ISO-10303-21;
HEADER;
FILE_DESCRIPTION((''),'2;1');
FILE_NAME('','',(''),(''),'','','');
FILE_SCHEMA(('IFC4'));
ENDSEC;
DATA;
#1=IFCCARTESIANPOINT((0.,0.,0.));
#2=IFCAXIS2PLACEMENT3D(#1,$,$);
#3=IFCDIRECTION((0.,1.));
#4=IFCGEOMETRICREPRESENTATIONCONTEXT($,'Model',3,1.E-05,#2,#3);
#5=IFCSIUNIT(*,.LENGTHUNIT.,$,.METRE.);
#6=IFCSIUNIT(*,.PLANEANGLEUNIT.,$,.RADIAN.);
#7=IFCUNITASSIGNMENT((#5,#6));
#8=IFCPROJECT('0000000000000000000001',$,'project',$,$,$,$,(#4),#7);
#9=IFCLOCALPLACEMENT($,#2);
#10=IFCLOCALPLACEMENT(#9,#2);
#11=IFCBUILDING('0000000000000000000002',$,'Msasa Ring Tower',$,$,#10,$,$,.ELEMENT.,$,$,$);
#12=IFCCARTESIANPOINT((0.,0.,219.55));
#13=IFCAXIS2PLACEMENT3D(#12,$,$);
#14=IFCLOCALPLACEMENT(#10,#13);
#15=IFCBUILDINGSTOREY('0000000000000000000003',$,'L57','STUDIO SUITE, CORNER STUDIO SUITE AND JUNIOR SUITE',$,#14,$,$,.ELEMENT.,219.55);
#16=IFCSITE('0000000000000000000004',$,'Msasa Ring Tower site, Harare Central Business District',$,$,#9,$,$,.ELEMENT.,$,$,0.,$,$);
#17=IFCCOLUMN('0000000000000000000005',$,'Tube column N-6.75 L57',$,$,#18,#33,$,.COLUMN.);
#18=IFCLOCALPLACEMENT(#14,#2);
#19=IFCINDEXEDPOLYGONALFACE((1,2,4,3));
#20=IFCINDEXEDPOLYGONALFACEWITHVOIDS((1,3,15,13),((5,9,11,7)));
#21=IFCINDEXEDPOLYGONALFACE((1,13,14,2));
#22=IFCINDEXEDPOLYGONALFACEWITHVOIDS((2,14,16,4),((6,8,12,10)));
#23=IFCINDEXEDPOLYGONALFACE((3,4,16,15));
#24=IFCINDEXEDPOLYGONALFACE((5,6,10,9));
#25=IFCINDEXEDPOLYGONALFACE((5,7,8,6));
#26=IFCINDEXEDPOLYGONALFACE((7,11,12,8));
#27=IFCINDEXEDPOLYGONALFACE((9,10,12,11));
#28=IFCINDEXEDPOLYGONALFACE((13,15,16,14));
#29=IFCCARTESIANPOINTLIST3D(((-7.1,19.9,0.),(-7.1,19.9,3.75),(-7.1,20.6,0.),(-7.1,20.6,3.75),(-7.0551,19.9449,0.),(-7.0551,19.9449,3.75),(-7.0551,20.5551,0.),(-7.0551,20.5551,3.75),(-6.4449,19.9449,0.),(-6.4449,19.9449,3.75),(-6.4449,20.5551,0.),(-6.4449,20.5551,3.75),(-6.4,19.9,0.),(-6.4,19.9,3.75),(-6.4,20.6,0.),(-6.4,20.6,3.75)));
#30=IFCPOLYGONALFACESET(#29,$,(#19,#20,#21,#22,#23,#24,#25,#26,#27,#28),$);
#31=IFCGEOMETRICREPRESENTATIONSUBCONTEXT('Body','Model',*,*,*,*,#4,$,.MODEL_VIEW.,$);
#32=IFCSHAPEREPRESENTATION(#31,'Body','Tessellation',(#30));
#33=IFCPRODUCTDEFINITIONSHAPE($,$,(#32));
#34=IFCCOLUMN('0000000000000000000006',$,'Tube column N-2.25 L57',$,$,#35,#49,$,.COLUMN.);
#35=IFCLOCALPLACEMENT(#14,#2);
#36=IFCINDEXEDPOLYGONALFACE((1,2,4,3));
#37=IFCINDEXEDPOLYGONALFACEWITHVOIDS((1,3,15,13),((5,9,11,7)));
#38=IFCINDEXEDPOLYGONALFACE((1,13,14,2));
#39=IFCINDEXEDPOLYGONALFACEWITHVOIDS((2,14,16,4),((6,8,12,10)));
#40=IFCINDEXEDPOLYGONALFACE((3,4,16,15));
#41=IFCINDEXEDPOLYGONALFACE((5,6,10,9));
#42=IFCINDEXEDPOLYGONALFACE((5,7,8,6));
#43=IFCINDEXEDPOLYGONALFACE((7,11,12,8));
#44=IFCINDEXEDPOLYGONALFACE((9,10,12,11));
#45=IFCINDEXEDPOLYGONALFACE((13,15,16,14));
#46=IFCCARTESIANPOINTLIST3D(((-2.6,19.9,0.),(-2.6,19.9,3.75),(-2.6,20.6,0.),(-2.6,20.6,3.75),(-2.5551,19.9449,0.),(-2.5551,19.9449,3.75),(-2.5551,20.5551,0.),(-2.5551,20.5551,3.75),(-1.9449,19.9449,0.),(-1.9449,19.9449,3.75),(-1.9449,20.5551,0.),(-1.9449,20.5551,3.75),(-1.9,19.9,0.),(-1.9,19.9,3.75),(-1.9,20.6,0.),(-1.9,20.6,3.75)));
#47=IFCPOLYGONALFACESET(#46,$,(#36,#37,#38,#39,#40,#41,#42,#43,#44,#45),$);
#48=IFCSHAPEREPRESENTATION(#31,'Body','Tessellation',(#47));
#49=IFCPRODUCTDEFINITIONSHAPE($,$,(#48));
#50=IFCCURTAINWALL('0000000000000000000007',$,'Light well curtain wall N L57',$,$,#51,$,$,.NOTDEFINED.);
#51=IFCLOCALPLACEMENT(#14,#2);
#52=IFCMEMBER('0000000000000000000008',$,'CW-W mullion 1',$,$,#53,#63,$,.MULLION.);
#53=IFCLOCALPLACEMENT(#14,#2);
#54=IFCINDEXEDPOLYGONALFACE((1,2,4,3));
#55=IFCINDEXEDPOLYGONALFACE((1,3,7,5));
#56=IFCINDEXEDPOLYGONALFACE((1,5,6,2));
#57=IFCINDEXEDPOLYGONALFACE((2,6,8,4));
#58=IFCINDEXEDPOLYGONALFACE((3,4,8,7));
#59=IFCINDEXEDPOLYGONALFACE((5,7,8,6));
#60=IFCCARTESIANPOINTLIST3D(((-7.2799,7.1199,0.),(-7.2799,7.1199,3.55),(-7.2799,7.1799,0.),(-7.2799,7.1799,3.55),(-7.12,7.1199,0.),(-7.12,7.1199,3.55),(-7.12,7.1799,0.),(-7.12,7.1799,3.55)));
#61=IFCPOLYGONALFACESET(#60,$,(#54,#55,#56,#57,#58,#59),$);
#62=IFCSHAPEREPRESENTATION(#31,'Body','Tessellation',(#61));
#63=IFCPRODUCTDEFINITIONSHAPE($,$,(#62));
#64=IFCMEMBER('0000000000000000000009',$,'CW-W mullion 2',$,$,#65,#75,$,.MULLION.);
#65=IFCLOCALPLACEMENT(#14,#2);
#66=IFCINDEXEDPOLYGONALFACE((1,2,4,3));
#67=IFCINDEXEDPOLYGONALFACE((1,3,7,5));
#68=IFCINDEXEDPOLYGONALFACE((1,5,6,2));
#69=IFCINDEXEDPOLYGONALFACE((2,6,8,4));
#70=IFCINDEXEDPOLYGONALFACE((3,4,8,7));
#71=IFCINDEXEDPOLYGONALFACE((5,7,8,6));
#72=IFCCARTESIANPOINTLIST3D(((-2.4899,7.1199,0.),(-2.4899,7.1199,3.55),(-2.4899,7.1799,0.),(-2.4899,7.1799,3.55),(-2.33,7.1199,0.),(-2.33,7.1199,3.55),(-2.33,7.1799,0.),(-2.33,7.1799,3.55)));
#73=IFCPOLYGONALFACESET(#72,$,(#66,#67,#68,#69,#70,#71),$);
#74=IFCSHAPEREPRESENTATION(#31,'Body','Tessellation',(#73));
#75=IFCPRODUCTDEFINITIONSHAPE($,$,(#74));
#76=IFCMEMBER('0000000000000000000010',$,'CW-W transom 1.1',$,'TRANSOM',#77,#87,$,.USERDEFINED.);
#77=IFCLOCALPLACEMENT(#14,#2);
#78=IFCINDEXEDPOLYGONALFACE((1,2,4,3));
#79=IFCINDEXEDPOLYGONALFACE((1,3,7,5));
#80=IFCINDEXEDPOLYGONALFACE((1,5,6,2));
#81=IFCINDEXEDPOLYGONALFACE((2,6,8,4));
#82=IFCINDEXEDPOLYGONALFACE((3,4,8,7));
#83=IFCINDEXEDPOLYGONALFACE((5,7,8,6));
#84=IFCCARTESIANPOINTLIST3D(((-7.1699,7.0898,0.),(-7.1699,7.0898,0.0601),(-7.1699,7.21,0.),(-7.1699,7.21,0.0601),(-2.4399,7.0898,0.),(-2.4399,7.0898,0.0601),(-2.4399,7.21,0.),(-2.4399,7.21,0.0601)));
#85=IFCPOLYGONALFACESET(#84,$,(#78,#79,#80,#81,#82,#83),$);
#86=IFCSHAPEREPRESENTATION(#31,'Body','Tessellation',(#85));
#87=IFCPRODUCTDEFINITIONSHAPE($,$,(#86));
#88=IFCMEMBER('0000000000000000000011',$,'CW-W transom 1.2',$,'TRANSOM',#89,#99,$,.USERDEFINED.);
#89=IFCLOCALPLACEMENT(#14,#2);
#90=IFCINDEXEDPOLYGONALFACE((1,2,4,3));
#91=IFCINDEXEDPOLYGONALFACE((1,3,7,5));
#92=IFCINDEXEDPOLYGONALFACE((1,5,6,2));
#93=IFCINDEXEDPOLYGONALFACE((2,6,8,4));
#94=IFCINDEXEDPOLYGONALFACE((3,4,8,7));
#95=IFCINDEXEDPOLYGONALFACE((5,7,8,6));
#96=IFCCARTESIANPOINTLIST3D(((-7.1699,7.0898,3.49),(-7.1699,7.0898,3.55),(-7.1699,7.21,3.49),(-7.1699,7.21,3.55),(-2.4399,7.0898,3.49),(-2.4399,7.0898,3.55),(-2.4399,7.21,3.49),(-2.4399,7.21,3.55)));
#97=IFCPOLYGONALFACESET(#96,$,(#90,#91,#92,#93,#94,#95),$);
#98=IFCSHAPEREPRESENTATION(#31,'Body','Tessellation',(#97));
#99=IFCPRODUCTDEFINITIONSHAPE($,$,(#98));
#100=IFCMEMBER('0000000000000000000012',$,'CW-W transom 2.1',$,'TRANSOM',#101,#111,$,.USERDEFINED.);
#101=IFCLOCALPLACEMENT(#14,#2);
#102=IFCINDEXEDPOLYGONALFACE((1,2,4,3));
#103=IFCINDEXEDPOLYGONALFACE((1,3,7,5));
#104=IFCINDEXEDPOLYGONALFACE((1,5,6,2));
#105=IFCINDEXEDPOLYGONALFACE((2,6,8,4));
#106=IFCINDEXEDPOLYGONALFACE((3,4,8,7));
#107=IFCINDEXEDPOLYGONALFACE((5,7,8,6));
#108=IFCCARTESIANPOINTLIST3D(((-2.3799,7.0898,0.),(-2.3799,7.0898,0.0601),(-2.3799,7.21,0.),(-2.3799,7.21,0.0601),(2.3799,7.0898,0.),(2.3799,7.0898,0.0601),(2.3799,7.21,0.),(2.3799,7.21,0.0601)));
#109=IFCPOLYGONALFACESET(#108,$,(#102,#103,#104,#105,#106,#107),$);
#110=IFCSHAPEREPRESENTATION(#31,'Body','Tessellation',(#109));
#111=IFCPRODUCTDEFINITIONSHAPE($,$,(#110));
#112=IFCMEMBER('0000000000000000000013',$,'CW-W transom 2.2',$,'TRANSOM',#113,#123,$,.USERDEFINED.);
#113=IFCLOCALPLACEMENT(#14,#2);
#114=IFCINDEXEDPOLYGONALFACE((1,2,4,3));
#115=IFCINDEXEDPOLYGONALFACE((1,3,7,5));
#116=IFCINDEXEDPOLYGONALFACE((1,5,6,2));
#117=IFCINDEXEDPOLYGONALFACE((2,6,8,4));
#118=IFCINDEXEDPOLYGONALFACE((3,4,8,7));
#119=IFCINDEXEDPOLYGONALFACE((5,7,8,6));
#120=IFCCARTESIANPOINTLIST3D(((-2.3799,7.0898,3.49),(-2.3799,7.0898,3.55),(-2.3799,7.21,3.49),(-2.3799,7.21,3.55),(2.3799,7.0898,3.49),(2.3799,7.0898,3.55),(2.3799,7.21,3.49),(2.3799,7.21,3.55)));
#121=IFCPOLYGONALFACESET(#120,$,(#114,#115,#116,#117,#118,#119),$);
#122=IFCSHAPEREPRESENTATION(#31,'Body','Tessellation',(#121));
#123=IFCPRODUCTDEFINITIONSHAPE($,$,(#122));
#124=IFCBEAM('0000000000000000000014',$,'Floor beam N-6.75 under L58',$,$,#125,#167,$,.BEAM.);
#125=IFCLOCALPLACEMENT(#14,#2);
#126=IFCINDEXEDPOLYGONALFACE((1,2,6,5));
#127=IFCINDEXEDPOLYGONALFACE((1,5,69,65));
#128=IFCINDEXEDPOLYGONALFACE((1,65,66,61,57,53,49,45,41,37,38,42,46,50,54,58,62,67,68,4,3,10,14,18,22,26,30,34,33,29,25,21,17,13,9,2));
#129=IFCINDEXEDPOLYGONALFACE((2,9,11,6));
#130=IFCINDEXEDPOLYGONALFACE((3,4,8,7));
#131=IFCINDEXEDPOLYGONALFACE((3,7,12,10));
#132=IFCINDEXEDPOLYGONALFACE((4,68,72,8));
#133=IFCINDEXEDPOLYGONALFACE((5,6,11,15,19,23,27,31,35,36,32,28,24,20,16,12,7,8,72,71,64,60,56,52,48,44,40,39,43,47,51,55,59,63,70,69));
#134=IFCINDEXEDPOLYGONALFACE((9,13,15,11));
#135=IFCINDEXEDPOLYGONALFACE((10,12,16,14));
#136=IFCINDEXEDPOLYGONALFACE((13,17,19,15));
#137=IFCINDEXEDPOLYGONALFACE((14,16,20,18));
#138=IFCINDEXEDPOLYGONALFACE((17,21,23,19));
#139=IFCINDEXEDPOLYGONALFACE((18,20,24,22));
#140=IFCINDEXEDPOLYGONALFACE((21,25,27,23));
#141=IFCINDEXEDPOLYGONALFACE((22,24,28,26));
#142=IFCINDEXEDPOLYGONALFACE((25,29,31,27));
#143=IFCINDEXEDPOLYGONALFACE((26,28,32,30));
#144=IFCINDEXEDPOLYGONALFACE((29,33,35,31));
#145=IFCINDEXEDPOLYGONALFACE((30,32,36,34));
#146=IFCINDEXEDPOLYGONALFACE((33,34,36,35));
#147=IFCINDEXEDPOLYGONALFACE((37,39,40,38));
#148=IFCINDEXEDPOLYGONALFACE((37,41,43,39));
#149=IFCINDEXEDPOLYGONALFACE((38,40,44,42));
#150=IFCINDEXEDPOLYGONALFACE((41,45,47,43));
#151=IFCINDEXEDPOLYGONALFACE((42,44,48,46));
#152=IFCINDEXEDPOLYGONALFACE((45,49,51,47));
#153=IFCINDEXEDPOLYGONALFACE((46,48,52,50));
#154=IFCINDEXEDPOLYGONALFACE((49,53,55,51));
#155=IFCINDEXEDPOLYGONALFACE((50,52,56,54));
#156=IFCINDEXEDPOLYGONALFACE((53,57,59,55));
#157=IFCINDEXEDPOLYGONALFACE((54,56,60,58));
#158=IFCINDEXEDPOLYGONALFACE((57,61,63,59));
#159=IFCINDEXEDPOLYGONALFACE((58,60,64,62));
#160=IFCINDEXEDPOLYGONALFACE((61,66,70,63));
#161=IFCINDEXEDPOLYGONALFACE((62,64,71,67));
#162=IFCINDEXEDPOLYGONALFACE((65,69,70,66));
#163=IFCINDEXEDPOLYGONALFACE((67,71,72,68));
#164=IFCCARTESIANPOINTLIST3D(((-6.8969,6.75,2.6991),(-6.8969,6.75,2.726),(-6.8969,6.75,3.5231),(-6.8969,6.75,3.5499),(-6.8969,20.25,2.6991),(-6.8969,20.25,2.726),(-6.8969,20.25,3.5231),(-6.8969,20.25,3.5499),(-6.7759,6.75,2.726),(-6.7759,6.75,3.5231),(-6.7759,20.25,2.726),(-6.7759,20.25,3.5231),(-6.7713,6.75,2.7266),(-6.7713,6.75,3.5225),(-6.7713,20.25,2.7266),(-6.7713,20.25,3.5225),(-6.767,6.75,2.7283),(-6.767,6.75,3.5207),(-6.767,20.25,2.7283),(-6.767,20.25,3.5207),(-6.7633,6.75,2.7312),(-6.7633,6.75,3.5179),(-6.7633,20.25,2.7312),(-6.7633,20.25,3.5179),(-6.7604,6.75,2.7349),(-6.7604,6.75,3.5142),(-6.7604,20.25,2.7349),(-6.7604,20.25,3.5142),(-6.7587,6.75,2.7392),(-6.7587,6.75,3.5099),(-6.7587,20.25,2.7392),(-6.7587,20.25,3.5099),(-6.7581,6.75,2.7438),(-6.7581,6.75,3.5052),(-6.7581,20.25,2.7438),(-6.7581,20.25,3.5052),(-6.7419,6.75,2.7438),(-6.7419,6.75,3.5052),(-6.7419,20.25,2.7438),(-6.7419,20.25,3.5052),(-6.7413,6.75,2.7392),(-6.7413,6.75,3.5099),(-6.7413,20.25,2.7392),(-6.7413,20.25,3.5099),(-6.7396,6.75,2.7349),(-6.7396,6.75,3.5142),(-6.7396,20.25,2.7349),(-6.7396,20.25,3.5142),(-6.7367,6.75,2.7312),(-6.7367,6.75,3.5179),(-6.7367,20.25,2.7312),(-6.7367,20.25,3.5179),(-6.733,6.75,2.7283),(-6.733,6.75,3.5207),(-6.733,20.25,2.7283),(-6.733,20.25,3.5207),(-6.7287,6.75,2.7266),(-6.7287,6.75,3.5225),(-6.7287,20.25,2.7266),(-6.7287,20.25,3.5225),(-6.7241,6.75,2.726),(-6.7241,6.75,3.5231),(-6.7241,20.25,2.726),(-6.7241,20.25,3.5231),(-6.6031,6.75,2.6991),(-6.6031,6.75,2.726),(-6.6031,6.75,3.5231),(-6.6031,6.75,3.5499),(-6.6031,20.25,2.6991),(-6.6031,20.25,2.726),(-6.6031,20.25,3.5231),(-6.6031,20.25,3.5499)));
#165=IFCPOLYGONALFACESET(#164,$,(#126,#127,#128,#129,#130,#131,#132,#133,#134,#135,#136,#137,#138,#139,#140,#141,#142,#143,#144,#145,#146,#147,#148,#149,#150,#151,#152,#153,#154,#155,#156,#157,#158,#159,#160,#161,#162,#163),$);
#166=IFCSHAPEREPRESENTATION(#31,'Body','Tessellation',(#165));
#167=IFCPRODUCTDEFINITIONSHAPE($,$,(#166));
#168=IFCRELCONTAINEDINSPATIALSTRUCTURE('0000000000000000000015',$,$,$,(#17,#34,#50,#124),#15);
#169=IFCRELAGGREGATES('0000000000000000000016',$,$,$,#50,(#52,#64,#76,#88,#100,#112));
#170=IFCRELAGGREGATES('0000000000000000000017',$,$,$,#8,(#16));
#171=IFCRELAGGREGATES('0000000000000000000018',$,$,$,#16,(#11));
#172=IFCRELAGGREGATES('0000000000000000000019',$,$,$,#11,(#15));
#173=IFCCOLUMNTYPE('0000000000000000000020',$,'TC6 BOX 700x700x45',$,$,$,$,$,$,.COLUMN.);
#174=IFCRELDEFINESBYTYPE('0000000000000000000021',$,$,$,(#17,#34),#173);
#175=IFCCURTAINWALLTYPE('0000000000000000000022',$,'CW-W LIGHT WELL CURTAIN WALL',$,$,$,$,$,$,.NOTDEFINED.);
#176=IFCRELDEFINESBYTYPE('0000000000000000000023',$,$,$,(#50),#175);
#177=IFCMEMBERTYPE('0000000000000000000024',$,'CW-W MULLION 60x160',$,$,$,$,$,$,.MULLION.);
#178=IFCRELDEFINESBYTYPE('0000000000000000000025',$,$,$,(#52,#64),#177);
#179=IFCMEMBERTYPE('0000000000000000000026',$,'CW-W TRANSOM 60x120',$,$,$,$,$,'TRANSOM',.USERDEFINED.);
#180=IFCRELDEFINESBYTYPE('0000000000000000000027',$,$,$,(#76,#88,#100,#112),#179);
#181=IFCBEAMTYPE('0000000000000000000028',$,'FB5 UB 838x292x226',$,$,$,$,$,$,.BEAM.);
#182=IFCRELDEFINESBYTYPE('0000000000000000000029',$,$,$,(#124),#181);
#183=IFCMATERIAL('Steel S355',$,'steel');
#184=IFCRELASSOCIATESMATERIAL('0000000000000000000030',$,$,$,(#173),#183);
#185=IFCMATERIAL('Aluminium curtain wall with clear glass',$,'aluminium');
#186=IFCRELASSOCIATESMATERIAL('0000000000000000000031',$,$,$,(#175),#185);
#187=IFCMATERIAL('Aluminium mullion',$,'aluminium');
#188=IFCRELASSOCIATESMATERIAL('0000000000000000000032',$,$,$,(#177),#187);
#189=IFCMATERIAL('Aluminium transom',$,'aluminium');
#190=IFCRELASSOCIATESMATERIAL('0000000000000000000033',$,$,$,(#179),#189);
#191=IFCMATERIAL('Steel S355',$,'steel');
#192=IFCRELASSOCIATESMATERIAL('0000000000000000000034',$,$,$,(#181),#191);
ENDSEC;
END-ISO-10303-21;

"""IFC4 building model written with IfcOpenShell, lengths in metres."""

from ifc_helpers import new_model, si_unit, direction, frame, origin, origin_2d, place, context, subcontext, project, spatial, rectangle, hollow_rectangle, i_section, extrude, material, material_profile, profile_set, type_object, element, aggregate, save


model = new_model("IFC4")

# Units and contexts
model_context = context("Model", 3, precision=1e-05, world=origin(), true_north=direction((0.0, 1.0)))
body_context = subcontext(model_context, "Body", "Model", "MODEL_VIEW")
ifc_project = project(units=[si_unit("LENGTHUNIT", "METRE"), si_unit("PLANEANGLEUNIT", "RADIAN")], contexts=[model_context])

# Site, building, storey
site_placement = place(None, origin())
site = spatial("IfcSite", under=ifc_project, at=site_placement, Name="Msasa Ring Tower site, Harare Central Business District", CompositionType="ELEMENT", RefElevation=0.0)
building_placement = place(site_placement, origin())
building = spatial("IfcBuilding", under=site, at=building_placement, Name="Msasa Ring Tower", CompositionType="ELEMENT")
storey_placement = place(building_placement, frame((0.0, 0.0, 219.55)))
storey = spatial("IfcBuildingStorey", under=building, at=storey_placement, Name="L57", Description="STUDIO SUITE, CORNER STUDIO SUITE AND JUNIOR SUITE", CompositionType="ELEMENT", Elevation=219.55)

# Columns
ifc_material_1 = material(Name="Steel S355", Category="steel")
ifc_material_profile_1 = material_profile(ifc_material_1, hollow_rectangle(XDim=0.7, YDim=0.7, WallThickness=0.0449, at=origin_2d()), Name="BOX 700x700x45")
ifc_profile_set_1 = profile_set([ifc_material_profile_1], Name="Steel S355")
column_type = type_object("IfcColumnType", Name="TC6 BOX 700x700x45", PredefinedType="COLUMN", material=ifc_profile_set_1)
for number, where, z_axis, x_axis, name in (
    (1, (-6.75, 20.25, 0.0), (0.0, 0.0, 1.0), (0.0, 1.0, 0.0), "Tube column N-6.75 L57"),
    (2, (-2.25, 20.25, 0.0), (0.0, 0.0, 1.0), (0.0, 1.0, 0.0), "Tube column N-2.25 L57"),
):
    element("IfcColumn", number, at=place(storey_placement, frame(where, z_axis=z_axis, x_axis=x_axis)), inside=storey, type_object=column_type, Name=name, PredefinedType="COLUMN", context=body_context, shape_type="SweptSolid", body=[
        extrude(hollow_rectangle(XDim=0.7, YDim=0.7, WallThickness=0.0449, at=origin_2d()), origin(), (0.0, 0.0, 1.0), 3.75),
    ])

# Curtain wall, members
ifc_material_2 = material(Name="Aluminium curtain wall with clear glass", Category="aluminium")
curtain_wall_type = type_object("IfcCurtainWallType", Name="CW-W LIGHT WELL CURTAIN WALL", PredefinedType="NOTDEFINED", material=ifc_material_2)
curtain_wall_placement = place(storey_placement, origin())
curtain_wall = element("IfcCurtainWall", 3, at=curtain_wall_placement, inside=storey, type_object=curtain_wall_type, Name="Light well curtain wall N L57", PredefinedType="NOTDEFINED")
ifc_material_3 = material(Name="Aluminium mullion", Category="aluminium")
ifc_material_profile_2 = material_profile(ifc_material_3, rectangle(XDim=0.0601, YDim=0.1599, at=origin_2d()), Name="AL 60x160")
ifc_profile_set_2 = profile_set([ifc_material_profile_2], Name="Aluminium mullion")
member_type_1 = type_object("IfcMemberType", Name="CW-W MULLION 60x160", PredefinedType="MULLION", material=ifc_profile_set_2)
member_1_placement = place(storey_placement, frame((-7.2, 7.1499, 0.0), z_axis=(0.0, 0.0, 1.0), x_axis=(0.0, 1.0, 0.0)))
member_1 = element("IfcMember", 4, at=member_1_placement, type_object=member_type_1, Name="CW-W mullion 1", PredefinedType="MULLION", context=body_context, shape_type="SweptSolid", body=[
    extrude(rectangle(XDim=0.0601, YDim=0.1599, at=origin_2d()), origin(), (0.0, 0.0, 1.0), 3.55),
])
member_2_placement = place(storey_placement, frame((-2.4099, 7.1499, 0.0), z_axis=(0.0, 0.0, 1.0), x_axis=(0.0, 1.0, 0.0)))
member_2 = element("IfcMember", 5, at=member_2_placement, type_object=member_type_1, Name="CW-W mullion 2", PredefinedType="MULLION", context=body_context, shape_type="SweptSolid", body=[
    extrude(rectangle(XDim=0.0601, YDim=0.1599, at=origin_2d()), origin(), (0.0, 0.0, 1.0), 3.55),
])
ifc_material_4 = material(Name="Aluminium transom", Category="aluminium")
ifc_material_profile_3 = material_profile(ifc_material_4, rectangle(XDim=0.1201, YDim=0.0601, at=origin_2d()), Name="AL 60x120")
ifc_profile_set_3 = profile_set([ifc_material_profile_3], Name="Aluminium transom")
member_type_2 = type_object("IfcMemberType", Name="CW-W TRANSOM 60x120", ElementType="TRANSOM", PredefinedType="USERDEFINED", material=ifc_profile_set_3)
member_3_placement = place(storey_placement, frame((-7.1699, 7.1499, 0.03), z_axis=(1.0, 0.0, 0.0), x_axis=(0.0, 1.0, 0.0)))
member_3 = element("IfcMember", 6, at=member_3_placement, type_object=member_type_2, Name="CW-W transom 1.1", ObjectType="TRANSOM", PredefinedType="USERDEFINED", context=body_context, shape_type="SweptSolid", body=[
    extrude(rectangle(XDim=0.1201, YDim=0.0601, at=origin_2d()), origin(), (0.0, 0.0, 1.0), 4.73),
])
member_4_placement = place(storey_placement, frame((-7.1699, 7.1499, 3.52), z_axis=(1.0, 0.0, 0.0), x_axis=(0.0, 1.0, 0.0)))
member_4 = element("IfcMember", 7, at=member_4_placement, type_object=member_type_2, Name="CW-W transom 1.2", ObjectType="TRANSOM", PredefinedType="USERDEFINED", context=body_context, shape_type="SweptSolid", body=[
    extrude(rectangle(XDim=0.1201, YDim=0.0601, at=origin_2d()), origin(), (0.0, 0.0, 1.0), 4.73),
])
member_5_placement = place(storey_placement, frame((-2.3799, 7.1499, 0.03), z_axis=(1.0, 0.0, 0.0), x_axis=(0.0, 1.0, 0.0)))
member_5 = element("IfcMember", 8, at=member_5_placement, type_object=member_type_2, Name="CW-W transom 2.1", ObjectType="TRANSOM", PredefinedType="USERDEFINED", context=body_context, shape_type="SweptSolid", body=[
    extrude(rectangle(XDim=0.1201, YDim=0.0601, at=origin_2d()), origin(), (0.0, 0.0, 1.0), 4.7598),
])
member_6_placement = place(storey_placement, frame((-2.3799, 7.1499, 3.52), z_axis=(1.0, 0.0, 0.0), x_axis=(0.0, 1.0, 0.0)))
member_6 = element("IfcMember", 9, at=member_6_placement, type_object=member_type_2, Name="CW-W transom 2.2", ObjectType="TRANSOM", PredefinedType="USERDEFINED", context=body_context, shape_type="SweptSolid", body=[
    extrude(rectangle(XDim=0.1201, YDim=0.0601, at=origin_2d()), origin(), (0.0, 0.0, 1.0), 4.7598),
])

# Beam
ifc_material_5 = material(Name="Steel S355", Category="steel")
ifc_material_profile_4 = material_profile(ifc_material_5, i_section(OverallWidth=0.2937, OverallDepth=0.8508, WebThickness=0.0161, FlangeThickness=0.0269, FilletRadius=0.0178, at=origin_2d()), Name="UB 838x292x226")
ifc_profile_set_4 = profile_set([ifc_material_profile_4], Name="Steel S355")
beam_type_1 = type_object("IfcBeamType", Name="FB5 UB 838x292x226", PredefinedType="BEAM", material=ifc_profile_set_4)
for number, where, z_axis, x_axis, name in (
    (10, (-6.75, 20.25, 3.1245), (0.0, -1.0, 0.0), (1.0, 0.0, 0.0), "Floor beam N-6.75 under L58"),
):
    element("IfcBeam", number, at=place(storey_placement, frame(where, z_axis=z_axis, x_axis=x_axis)), inside=storey, type_object=beam_type_1, Name=name, PredefinedType="BEAM", context=body_context, shape_type="SweptSolid", body=[
        extrude(i_section(OverallWidth=0.2937, OverallDepth=0.8508, WebThickness=0.0161, FlangeThickness=0.0269, FilletRadius=0.0178, at=origin_2d()), origin(), (0.0, 0.0, 1.0), 13.5),
    ])

aggregate(curtain_wall, [member_1, member_2, member_3, member_4, member_5, member_6])

save(model, "model.ifc")
